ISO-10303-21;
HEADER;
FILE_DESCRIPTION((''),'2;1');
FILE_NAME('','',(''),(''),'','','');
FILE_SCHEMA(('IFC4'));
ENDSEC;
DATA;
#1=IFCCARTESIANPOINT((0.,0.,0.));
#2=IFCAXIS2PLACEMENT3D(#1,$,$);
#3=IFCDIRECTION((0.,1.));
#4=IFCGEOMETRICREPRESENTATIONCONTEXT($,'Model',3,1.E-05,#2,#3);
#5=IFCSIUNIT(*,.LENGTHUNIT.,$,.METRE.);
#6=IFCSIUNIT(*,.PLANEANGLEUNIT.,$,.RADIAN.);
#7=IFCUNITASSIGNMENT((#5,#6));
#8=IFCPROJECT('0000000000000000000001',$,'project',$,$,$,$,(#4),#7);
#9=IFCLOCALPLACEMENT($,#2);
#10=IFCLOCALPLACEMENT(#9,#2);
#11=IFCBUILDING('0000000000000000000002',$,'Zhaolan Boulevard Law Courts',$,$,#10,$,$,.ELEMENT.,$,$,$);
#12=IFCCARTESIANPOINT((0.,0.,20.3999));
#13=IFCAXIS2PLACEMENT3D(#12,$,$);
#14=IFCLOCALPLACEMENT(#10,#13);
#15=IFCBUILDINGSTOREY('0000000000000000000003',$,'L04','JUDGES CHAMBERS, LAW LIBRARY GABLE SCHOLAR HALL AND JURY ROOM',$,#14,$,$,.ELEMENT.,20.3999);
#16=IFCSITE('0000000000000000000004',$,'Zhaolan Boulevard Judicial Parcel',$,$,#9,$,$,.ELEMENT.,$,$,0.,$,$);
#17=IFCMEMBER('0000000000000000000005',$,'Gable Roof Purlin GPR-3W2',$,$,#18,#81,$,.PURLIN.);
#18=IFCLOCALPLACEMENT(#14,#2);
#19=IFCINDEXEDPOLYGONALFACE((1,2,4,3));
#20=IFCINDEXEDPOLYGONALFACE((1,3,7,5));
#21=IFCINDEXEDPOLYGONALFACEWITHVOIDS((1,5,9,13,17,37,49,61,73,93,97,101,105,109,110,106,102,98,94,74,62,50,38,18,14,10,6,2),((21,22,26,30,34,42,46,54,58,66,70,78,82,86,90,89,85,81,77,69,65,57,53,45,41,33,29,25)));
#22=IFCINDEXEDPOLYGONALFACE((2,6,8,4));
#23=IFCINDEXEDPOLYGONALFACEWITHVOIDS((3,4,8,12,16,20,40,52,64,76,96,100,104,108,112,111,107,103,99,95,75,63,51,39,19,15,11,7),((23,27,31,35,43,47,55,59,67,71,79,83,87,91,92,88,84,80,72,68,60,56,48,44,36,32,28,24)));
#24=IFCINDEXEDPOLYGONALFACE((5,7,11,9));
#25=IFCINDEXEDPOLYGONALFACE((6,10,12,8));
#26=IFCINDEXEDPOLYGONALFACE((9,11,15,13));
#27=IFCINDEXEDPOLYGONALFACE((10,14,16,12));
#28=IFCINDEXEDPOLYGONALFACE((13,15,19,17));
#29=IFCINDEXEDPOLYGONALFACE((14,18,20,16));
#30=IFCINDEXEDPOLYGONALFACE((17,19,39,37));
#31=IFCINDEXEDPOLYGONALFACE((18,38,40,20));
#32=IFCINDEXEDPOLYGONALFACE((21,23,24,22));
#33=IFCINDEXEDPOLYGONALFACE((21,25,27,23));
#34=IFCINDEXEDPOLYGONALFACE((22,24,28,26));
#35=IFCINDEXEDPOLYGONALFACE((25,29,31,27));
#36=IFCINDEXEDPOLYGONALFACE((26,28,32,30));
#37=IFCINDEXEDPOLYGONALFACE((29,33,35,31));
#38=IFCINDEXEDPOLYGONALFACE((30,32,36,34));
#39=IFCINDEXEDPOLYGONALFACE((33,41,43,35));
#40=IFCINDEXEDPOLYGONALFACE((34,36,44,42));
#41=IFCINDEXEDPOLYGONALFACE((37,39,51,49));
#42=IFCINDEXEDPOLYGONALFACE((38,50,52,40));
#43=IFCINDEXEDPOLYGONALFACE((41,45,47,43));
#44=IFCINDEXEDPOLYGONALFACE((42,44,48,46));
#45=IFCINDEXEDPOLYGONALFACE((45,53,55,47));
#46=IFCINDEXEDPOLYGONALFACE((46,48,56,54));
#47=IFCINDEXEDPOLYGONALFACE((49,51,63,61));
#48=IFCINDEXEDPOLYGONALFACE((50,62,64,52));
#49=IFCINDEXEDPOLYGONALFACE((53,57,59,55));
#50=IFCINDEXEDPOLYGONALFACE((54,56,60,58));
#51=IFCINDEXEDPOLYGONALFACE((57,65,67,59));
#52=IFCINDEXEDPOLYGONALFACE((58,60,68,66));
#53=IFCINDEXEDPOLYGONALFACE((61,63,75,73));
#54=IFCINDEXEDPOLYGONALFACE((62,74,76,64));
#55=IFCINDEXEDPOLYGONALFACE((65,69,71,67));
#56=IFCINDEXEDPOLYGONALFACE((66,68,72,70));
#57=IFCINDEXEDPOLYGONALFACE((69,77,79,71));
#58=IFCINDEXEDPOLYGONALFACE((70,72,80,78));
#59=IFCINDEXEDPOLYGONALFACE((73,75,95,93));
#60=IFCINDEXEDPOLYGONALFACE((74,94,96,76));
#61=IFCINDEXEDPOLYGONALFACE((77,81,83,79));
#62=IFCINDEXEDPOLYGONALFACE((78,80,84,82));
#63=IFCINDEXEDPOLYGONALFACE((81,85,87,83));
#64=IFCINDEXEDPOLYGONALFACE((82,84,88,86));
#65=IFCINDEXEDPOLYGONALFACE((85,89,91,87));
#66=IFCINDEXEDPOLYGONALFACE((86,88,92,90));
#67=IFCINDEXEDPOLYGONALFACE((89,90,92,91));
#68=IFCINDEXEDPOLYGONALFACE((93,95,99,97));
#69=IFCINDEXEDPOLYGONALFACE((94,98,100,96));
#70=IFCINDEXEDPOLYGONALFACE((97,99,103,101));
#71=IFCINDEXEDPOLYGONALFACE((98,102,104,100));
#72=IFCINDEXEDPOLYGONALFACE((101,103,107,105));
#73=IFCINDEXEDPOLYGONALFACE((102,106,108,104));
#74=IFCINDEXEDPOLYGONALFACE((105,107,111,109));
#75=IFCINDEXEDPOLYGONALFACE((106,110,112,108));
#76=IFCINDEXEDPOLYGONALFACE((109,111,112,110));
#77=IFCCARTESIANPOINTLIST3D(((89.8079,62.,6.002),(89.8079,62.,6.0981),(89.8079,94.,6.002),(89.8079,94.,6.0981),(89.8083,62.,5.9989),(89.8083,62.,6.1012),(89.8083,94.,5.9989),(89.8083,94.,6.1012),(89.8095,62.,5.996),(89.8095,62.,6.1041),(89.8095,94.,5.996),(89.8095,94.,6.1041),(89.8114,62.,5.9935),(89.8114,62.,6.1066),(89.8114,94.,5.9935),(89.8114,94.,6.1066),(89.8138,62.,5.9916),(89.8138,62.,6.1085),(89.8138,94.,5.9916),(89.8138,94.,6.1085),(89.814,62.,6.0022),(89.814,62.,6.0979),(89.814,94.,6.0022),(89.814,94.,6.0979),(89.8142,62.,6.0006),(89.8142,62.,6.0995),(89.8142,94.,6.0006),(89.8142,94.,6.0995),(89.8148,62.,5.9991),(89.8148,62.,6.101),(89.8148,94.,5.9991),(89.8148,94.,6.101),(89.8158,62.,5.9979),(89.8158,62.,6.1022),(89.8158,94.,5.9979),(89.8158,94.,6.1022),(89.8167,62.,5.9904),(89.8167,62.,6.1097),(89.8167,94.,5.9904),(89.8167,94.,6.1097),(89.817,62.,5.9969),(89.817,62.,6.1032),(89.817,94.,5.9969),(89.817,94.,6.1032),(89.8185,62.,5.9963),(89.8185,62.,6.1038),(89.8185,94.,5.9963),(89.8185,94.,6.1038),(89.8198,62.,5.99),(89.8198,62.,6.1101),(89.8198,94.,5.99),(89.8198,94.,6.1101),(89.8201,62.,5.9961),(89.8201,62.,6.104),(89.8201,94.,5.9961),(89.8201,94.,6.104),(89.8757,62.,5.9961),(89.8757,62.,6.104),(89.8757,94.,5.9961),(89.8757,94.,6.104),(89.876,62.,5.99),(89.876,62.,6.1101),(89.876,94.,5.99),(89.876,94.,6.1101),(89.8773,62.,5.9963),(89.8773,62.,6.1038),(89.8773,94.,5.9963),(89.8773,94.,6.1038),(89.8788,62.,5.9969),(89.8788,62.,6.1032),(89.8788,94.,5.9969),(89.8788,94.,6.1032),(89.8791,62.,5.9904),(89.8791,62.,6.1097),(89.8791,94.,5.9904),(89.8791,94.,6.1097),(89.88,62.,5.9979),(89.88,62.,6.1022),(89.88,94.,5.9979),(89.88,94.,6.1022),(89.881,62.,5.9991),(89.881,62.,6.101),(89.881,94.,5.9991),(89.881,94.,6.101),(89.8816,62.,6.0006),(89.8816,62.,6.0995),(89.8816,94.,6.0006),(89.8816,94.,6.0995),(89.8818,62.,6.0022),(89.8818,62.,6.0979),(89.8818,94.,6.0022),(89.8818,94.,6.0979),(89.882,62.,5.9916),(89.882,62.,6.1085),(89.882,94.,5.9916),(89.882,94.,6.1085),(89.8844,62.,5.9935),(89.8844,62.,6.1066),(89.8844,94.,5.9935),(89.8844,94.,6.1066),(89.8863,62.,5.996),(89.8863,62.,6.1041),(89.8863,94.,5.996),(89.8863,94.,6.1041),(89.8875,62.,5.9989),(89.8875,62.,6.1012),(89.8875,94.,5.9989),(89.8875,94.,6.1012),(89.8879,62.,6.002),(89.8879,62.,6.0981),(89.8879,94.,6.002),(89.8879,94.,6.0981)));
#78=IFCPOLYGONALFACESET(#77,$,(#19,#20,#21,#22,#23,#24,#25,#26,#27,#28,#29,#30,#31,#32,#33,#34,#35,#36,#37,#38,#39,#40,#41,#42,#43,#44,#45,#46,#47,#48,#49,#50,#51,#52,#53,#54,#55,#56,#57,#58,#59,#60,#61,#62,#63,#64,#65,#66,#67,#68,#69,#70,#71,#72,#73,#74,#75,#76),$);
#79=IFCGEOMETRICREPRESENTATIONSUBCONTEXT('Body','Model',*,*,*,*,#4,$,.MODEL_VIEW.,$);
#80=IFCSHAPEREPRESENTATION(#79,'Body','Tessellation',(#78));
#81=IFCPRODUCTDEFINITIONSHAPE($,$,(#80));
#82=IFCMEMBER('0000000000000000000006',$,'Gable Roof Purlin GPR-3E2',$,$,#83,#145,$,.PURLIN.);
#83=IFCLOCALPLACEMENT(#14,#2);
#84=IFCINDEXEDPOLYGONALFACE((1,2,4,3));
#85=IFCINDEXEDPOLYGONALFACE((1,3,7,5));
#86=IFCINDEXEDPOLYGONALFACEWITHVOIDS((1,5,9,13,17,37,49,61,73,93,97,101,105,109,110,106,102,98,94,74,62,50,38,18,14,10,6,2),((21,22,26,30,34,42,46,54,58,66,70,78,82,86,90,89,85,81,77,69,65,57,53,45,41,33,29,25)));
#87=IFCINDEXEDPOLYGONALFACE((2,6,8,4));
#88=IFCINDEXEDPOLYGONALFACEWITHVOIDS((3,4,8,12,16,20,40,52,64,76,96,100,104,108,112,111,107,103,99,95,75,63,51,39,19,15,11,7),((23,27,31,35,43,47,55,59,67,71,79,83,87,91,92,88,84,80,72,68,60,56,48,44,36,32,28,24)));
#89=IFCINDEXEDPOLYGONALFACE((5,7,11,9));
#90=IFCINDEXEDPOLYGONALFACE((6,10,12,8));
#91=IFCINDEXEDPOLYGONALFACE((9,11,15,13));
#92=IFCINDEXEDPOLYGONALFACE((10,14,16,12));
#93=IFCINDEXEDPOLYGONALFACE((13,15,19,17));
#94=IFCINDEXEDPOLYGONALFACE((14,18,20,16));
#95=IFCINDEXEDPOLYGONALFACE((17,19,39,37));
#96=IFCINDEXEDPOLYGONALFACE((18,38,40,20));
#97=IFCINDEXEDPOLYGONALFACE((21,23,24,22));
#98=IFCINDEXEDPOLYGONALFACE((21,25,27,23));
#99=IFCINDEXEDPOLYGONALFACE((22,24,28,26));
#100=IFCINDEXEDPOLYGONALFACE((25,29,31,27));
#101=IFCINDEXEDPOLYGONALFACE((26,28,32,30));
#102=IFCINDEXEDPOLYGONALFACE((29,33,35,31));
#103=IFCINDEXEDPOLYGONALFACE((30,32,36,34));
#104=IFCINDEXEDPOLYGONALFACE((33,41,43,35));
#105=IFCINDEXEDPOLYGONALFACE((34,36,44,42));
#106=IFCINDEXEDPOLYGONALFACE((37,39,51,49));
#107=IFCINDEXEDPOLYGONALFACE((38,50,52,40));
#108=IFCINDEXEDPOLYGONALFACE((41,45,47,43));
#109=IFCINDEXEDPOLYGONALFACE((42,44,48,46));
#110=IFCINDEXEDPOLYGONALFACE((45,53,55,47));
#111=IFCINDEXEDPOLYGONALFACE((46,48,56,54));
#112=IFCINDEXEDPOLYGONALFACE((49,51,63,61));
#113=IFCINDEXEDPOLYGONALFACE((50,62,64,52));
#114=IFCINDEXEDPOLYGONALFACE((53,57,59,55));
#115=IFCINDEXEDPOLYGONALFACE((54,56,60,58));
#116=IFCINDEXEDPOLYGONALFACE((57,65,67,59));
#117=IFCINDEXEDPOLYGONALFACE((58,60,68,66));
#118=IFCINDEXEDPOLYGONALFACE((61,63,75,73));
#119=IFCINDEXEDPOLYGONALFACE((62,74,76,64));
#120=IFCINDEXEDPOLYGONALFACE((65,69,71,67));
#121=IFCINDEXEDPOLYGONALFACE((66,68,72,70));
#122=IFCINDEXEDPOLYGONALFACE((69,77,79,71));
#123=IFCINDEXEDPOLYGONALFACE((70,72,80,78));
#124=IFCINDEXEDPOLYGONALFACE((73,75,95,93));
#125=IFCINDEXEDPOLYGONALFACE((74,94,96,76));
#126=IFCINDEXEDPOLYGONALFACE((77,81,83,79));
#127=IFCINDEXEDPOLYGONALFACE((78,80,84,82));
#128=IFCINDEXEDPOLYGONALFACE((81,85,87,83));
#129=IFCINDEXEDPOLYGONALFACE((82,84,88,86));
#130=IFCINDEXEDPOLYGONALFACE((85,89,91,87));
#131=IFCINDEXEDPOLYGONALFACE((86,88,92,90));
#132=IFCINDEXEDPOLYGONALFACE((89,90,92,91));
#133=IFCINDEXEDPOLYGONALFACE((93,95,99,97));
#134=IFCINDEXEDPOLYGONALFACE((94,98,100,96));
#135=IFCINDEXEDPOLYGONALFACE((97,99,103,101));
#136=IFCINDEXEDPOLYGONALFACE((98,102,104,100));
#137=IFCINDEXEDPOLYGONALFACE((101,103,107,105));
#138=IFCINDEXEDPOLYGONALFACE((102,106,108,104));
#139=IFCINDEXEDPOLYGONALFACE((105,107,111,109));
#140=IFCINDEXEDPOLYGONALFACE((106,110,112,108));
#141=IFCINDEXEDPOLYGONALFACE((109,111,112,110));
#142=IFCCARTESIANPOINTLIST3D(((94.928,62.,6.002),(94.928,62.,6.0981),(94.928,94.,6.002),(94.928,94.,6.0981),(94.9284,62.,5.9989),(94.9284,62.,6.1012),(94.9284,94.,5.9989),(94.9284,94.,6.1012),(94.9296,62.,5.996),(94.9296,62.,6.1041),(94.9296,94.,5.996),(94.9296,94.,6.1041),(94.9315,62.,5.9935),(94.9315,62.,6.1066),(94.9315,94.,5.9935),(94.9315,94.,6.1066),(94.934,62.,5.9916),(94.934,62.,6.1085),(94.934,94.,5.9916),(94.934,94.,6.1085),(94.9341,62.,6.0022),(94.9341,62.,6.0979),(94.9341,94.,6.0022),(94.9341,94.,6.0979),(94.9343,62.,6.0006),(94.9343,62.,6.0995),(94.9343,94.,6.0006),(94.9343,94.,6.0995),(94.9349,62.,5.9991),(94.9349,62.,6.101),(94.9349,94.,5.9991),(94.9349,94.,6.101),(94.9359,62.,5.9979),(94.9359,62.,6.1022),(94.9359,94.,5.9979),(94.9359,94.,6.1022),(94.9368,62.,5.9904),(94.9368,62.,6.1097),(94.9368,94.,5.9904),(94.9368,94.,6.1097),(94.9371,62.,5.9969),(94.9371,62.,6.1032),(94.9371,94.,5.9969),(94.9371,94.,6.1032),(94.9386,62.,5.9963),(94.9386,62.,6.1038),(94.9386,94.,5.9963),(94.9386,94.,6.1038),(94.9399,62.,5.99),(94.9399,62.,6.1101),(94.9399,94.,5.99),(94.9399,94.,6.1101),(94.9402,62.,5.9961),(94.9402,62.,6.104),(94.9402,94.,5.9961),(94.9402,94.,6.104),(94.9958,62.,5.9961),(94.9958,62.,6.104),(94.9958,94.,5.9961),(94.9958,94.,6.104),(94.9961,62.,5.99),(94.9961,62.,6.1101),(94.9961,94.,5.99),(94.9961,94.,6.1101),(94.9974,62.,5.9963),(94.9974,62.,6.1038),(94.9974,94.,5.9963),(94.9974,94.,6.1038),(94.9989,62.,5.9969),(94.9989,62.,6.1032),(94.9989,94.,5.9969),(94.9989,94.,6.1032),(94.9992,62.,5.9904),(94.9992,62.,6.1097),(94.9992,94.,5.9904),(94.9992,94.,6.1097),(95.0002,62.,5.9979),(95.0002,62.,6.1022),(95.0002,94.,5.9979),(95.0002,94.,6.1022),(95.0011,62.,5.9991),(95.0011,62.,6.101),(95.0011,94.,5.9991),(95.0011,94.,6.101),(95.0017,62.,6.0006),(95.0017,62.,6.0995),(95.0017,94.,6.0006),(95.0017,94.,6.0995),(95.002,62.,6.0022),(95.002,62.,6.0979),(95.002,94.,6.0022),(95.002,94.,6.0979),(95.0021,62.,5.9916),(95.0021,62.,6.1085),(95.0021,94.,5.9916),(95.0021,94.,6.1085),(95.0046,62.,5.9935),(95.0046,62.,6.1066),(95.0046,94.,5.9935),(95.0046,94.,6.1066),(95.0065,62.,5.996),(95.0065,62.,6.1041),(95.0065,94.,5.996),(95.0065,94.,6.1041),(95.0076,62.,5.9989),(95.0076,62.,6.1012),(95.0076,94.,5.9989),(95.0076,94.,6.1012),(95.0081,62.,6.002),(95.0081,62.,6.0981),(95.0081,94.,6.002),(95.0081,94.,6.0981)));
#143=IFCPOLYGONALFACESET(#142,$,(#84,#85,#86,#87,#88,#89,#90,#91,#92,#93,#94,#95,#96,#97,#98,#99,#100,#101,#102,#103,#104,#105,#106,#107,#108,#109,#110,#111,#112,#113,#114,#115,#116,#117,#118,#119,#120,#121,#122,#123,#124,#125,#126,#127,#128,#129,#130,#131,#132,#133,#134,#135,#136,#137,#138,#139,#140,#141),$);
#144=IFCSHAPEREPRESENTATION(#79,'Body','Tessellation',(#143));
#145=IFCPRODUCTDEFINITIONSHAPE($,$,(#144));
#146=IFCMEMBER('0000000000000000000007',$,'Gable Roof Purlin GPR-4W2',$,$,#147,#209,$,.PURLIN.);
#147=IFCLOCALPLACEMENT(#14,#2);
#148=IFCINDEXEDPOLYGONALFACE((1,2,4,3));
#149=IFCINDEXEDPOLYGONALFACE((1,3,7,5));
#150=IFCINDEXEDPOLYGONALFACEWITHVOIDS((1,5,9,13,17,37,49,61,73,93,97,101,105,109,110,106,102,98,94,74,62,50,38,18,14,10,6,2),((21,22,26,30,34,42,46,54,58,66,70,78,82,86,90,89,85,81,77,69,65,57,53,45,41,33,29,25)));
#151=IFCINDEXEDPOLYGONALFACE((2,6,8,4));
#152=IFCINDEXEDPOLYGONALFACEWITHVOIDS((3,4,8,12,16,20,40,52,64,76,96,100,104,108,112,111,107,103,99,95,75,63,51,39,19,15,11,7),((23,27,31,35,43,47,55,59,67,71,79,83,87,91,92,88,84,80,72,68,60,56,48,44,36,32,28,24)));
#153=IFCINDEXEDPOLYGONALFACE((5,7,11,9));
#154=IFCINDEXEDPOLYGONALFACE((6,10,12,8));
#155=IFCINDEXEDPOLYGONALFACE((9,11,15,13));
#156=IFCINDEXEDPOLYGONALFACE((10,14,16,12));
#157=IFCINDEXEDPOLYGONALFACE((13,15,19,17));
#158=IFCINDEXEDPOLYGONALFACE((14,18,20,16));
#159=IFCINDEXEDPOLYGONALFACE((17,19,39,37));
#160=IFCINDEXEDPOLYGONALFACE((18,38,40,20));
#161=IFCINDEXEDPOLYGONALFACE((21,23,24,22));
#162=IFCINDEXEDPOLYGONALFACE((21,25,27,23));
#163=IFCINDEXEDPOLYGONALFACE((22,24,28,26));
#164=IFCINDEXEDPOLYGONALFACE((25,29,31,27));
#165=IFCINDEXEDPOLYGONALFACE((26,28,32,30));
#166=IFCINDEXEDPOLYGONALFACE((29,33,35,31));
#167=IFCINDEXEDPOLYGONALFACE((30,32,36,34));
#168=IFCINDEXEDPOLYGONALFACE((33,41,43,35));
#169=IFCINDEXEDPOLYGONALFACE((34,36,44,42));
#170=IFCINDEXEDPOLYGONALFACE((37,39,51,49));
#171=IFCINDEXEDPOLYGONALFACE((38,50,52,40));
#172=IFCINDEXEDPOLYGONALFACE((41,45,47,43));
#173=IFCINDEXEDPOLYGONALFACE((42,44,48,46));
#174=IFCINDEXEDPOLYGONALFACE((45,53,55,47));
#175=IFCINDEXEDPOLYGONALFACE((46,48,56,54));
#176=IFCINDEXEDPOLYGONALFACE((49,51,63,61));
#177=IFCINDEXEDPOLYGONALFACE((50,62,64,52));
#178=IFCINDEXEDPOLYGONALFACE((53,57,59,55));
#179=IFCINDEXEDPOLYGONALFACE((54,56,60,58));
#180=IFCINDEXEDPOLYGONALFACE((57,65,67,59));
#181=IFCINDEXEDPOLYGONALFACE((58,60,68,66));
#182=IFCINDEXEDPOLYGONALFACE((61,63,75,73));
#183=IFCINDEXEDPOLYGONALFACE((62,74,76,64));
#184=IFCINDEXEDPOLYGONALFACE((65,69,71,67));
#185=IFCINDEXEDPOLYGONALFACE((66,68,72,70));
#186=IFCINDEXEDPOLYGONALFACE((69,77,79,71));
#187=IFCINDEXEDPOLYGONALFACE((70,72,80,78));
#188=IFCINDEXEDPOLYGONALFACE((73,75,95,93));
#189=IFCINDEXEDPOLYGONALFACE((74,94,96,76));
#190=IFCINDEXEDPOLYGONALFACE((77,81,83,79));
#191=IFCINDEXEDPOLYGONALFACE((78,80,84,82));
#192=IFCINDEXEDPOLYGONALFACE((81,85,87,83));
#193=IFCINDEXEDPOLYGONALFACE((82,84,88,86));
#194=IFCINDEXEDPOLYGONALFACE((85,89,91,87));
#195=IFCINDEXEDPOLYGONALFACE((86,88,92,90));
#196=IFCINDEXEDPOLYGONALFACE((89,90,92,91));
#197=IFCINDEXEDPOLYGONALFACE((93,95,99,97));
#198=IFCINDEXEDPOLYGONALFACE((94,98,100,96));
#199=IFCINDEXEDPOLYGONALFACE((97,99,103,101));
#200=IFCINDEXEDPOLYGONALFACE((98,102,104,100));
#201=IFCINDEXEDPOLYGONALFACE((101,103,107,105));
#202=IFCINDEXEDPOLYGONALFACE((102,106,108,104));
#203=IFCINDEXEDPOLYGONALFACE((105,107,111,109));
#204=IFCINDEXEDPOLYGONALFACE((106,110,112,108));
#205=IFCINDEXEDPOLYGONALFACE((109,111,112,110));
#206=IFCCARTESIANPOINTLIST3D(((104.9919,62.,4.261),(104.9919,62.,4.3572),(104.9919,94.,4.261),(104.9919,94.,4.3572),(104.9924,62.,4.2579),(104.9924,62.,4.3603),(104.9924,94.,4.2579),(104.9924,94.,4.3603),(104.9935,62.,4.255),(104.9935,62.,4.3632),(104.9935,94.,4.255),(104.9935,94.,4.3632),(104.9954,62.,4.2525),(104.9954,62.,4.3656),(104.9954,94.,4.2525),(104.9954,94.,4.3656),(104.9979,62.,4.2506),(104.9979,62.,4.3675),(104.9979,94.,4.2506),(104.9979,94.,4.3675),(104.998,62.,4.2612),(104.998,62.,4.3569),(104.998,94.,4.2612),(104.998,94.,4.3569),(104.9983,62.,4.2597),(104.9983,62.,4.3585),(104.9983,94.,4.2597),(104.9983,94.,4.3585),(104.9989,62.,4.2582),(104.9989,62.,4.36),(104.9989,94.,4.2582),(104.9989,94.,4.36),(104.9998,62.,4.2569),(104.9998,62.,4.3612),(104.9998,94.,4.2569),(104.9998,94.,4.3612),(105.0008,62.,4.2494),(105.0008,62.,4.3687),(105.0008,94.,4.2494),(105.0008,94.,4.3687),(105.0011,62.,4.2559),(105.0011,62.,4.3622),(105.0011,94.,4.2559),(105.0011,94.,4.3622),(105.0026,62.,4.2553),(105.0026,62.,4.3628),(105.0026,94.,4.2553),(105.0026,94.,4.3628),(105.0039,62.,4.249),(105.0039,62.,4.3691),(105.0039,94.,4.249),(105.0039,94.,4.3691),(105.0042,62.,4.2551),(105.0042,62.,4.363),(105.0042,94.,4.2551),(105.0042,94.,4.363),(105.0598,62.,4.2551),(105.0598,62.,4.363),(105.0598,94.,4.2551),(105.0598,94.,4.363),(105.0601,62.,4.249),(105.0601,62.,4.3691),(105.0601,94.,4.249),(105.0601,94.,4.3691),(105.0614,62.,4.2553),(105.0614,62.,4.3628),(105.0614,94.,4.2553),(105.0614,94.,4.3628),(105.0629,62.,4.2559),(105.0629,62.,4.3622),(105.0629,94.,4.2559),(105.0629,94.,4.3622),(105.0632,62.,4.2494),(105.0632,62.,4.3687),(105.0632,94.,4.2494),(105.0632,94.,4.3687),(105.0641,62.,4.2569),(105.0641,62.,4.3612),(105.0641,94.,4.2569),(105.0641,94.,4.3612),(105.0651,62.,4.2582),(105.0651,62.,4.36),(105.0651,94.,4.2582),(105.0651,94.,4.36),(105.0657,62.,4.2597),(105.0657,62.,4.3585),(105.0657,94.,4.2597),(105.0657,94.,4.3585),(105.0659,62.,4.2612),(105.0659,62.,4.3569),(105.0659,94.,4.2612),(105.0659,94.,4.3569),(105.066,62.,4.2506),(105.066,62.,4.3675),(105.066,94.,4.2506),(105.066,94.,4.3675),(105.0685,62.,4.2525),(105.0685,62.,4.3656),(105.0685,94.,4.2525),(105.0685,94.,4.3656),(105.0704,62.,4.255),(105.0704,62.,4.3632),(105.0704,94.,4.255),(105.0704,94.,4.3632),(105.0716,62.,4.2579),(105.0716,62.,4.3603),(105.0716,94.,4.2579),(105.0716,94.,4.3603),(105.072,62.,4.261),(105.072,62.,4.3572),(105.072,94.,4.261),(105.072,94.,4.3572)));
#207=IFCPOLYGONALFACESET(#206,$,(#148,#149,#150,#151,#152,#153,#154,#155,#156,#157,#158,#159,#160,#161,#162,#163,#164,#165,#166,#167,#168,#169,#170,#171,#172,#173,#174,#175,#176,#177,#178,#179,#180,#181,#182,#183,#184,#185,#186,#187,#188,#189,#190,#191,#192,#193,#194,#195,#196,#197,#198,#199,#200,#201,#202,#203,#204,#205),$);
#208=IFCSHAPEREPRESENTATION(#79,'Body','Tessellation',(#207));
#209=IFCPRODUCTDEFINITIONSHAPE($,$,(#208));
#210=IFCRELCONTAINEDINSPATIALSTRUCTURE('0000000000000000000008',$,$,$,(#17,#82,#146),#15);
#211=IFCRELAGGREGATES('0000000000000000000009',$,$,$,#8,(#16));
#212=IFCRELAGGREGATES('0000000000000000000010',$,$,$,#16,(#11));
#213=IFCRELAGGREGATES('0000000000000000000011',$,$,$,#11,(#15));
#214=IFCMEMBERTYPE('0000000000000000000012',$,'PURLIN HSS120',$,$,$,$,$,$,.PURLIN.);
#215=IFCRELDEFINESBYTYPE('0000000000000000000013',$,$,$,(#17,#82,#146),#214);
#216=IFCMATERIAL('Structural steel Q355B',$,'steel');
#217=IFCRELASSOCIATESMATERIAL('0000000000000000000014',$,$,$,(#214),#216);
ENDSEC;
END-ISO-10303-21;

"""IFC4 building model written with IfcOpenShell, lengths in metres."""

from ifc_helpers import new_model, si_unit, direction, frame, origin, origin_2d, place, context, subcontext, project, spatial, hollow_rectangle, extrude, material, material_profile, profile_set, type_object, element, save


model = new_model("IFC4")

# Units and contexts
model_context = context("Model", 3, precision=1e-05, world=origin(), true_north=direction((0.0, 1.0)))
body_context = subcontext(model_context, "Body", "Model", "MODEL_VIEW")
ifc_project = project(units=[si_unit("LENGTHUNIT", "METRE"), si_unit("PLANEANGLEUNIT", "RADIAN")], contexts=[model_context])

# Site, building, storey
site_placement = place(None, origin())
site = spatial("IfcSite", under=ifc_project, at=site_placement, Name="Zhaolan Boulevard Judicial Parcel", CompositionType="ELEMENT", RefElevation=0.0)
building_placement = place(site_placement, origin())
building = spatial("IfcBuilding", under=site, at=building_placement, Name="Zhaolan Boulevard Law Courts", CompositionType="ELEMENT")
storey_placement = place(building_placement, frame((0.0, 0.0, 20.3999)))
storey = spatial("IfcBuildingStorey", under=building, at=storey_placement, Name="L04", Description="JUDGES CHAMBERS, LAW LIBRARY GABLE SCHOLAR HALL AND JURY ROOM", CompositionType="ELEMENT", Elevation=20.3999)

# Members
ifc_material_1 = material(Name="Structural steel Q355B", Category="steel")
ifc_material_profile_1 = material_profile(ifc_material_1, hollow_rectangle(XDim=0.0801, YDim=0.1201, WallThickness=0.0061, InnerFilletRadius=0.0061, OuterFilletRadius=0.012, at=origin_2d()), Name="HSS120x80x6")
ifc_profile_set_1 = profile_set([ifc_material_profile_1], Name="Structural steel Q355B")
member_type_1 = type_object("IfcMemberType", Name="PURLIN HSS120", PredefinedType="PURLIN", material=ifc_profile_set_1)
for number, where, z_axis, x_axis, name in (
    (1, (89.8479, 62.0, 6.05), (0.0, 1.0, 0.0), (-1.0, 0.0, 0.0), "Gable Roof Purlin GPR-3W2"),
    (2, (94.968, 62.0, 6.05), (0.0, 1.0, 0.0), (-1.0, 0.0, 0.0), "Gable Roof Purlin GPR-3E2"),
    (3, (105.032, 62.0, 4.3091), (0.0, 1.0, 0.0), (-1.0, 0.0, 0.0), "Gable Roof Purlin GPR-4W2"),
):
    element("IfcMember", number, at=place(storey_placement, frame(where, z_axis=z_axis, x_axis=x_axis)), inside=storey, type_object=member_type_1, Name=name, PredefinedType="PURLIN", context=body_context, shape_type="SweptSolid", body=[
        extrude(hollow_rectangle(XDim=0.0801, YDim=0.1201, WallThickness=0.0061, InnerFilletRadius=0.0061, OuterFilletRadius=0.012, at=origin_2d()), origin(), (0.0, 0.0, 1.0), 32.0),
    ])

save(model, "model.ifc")
